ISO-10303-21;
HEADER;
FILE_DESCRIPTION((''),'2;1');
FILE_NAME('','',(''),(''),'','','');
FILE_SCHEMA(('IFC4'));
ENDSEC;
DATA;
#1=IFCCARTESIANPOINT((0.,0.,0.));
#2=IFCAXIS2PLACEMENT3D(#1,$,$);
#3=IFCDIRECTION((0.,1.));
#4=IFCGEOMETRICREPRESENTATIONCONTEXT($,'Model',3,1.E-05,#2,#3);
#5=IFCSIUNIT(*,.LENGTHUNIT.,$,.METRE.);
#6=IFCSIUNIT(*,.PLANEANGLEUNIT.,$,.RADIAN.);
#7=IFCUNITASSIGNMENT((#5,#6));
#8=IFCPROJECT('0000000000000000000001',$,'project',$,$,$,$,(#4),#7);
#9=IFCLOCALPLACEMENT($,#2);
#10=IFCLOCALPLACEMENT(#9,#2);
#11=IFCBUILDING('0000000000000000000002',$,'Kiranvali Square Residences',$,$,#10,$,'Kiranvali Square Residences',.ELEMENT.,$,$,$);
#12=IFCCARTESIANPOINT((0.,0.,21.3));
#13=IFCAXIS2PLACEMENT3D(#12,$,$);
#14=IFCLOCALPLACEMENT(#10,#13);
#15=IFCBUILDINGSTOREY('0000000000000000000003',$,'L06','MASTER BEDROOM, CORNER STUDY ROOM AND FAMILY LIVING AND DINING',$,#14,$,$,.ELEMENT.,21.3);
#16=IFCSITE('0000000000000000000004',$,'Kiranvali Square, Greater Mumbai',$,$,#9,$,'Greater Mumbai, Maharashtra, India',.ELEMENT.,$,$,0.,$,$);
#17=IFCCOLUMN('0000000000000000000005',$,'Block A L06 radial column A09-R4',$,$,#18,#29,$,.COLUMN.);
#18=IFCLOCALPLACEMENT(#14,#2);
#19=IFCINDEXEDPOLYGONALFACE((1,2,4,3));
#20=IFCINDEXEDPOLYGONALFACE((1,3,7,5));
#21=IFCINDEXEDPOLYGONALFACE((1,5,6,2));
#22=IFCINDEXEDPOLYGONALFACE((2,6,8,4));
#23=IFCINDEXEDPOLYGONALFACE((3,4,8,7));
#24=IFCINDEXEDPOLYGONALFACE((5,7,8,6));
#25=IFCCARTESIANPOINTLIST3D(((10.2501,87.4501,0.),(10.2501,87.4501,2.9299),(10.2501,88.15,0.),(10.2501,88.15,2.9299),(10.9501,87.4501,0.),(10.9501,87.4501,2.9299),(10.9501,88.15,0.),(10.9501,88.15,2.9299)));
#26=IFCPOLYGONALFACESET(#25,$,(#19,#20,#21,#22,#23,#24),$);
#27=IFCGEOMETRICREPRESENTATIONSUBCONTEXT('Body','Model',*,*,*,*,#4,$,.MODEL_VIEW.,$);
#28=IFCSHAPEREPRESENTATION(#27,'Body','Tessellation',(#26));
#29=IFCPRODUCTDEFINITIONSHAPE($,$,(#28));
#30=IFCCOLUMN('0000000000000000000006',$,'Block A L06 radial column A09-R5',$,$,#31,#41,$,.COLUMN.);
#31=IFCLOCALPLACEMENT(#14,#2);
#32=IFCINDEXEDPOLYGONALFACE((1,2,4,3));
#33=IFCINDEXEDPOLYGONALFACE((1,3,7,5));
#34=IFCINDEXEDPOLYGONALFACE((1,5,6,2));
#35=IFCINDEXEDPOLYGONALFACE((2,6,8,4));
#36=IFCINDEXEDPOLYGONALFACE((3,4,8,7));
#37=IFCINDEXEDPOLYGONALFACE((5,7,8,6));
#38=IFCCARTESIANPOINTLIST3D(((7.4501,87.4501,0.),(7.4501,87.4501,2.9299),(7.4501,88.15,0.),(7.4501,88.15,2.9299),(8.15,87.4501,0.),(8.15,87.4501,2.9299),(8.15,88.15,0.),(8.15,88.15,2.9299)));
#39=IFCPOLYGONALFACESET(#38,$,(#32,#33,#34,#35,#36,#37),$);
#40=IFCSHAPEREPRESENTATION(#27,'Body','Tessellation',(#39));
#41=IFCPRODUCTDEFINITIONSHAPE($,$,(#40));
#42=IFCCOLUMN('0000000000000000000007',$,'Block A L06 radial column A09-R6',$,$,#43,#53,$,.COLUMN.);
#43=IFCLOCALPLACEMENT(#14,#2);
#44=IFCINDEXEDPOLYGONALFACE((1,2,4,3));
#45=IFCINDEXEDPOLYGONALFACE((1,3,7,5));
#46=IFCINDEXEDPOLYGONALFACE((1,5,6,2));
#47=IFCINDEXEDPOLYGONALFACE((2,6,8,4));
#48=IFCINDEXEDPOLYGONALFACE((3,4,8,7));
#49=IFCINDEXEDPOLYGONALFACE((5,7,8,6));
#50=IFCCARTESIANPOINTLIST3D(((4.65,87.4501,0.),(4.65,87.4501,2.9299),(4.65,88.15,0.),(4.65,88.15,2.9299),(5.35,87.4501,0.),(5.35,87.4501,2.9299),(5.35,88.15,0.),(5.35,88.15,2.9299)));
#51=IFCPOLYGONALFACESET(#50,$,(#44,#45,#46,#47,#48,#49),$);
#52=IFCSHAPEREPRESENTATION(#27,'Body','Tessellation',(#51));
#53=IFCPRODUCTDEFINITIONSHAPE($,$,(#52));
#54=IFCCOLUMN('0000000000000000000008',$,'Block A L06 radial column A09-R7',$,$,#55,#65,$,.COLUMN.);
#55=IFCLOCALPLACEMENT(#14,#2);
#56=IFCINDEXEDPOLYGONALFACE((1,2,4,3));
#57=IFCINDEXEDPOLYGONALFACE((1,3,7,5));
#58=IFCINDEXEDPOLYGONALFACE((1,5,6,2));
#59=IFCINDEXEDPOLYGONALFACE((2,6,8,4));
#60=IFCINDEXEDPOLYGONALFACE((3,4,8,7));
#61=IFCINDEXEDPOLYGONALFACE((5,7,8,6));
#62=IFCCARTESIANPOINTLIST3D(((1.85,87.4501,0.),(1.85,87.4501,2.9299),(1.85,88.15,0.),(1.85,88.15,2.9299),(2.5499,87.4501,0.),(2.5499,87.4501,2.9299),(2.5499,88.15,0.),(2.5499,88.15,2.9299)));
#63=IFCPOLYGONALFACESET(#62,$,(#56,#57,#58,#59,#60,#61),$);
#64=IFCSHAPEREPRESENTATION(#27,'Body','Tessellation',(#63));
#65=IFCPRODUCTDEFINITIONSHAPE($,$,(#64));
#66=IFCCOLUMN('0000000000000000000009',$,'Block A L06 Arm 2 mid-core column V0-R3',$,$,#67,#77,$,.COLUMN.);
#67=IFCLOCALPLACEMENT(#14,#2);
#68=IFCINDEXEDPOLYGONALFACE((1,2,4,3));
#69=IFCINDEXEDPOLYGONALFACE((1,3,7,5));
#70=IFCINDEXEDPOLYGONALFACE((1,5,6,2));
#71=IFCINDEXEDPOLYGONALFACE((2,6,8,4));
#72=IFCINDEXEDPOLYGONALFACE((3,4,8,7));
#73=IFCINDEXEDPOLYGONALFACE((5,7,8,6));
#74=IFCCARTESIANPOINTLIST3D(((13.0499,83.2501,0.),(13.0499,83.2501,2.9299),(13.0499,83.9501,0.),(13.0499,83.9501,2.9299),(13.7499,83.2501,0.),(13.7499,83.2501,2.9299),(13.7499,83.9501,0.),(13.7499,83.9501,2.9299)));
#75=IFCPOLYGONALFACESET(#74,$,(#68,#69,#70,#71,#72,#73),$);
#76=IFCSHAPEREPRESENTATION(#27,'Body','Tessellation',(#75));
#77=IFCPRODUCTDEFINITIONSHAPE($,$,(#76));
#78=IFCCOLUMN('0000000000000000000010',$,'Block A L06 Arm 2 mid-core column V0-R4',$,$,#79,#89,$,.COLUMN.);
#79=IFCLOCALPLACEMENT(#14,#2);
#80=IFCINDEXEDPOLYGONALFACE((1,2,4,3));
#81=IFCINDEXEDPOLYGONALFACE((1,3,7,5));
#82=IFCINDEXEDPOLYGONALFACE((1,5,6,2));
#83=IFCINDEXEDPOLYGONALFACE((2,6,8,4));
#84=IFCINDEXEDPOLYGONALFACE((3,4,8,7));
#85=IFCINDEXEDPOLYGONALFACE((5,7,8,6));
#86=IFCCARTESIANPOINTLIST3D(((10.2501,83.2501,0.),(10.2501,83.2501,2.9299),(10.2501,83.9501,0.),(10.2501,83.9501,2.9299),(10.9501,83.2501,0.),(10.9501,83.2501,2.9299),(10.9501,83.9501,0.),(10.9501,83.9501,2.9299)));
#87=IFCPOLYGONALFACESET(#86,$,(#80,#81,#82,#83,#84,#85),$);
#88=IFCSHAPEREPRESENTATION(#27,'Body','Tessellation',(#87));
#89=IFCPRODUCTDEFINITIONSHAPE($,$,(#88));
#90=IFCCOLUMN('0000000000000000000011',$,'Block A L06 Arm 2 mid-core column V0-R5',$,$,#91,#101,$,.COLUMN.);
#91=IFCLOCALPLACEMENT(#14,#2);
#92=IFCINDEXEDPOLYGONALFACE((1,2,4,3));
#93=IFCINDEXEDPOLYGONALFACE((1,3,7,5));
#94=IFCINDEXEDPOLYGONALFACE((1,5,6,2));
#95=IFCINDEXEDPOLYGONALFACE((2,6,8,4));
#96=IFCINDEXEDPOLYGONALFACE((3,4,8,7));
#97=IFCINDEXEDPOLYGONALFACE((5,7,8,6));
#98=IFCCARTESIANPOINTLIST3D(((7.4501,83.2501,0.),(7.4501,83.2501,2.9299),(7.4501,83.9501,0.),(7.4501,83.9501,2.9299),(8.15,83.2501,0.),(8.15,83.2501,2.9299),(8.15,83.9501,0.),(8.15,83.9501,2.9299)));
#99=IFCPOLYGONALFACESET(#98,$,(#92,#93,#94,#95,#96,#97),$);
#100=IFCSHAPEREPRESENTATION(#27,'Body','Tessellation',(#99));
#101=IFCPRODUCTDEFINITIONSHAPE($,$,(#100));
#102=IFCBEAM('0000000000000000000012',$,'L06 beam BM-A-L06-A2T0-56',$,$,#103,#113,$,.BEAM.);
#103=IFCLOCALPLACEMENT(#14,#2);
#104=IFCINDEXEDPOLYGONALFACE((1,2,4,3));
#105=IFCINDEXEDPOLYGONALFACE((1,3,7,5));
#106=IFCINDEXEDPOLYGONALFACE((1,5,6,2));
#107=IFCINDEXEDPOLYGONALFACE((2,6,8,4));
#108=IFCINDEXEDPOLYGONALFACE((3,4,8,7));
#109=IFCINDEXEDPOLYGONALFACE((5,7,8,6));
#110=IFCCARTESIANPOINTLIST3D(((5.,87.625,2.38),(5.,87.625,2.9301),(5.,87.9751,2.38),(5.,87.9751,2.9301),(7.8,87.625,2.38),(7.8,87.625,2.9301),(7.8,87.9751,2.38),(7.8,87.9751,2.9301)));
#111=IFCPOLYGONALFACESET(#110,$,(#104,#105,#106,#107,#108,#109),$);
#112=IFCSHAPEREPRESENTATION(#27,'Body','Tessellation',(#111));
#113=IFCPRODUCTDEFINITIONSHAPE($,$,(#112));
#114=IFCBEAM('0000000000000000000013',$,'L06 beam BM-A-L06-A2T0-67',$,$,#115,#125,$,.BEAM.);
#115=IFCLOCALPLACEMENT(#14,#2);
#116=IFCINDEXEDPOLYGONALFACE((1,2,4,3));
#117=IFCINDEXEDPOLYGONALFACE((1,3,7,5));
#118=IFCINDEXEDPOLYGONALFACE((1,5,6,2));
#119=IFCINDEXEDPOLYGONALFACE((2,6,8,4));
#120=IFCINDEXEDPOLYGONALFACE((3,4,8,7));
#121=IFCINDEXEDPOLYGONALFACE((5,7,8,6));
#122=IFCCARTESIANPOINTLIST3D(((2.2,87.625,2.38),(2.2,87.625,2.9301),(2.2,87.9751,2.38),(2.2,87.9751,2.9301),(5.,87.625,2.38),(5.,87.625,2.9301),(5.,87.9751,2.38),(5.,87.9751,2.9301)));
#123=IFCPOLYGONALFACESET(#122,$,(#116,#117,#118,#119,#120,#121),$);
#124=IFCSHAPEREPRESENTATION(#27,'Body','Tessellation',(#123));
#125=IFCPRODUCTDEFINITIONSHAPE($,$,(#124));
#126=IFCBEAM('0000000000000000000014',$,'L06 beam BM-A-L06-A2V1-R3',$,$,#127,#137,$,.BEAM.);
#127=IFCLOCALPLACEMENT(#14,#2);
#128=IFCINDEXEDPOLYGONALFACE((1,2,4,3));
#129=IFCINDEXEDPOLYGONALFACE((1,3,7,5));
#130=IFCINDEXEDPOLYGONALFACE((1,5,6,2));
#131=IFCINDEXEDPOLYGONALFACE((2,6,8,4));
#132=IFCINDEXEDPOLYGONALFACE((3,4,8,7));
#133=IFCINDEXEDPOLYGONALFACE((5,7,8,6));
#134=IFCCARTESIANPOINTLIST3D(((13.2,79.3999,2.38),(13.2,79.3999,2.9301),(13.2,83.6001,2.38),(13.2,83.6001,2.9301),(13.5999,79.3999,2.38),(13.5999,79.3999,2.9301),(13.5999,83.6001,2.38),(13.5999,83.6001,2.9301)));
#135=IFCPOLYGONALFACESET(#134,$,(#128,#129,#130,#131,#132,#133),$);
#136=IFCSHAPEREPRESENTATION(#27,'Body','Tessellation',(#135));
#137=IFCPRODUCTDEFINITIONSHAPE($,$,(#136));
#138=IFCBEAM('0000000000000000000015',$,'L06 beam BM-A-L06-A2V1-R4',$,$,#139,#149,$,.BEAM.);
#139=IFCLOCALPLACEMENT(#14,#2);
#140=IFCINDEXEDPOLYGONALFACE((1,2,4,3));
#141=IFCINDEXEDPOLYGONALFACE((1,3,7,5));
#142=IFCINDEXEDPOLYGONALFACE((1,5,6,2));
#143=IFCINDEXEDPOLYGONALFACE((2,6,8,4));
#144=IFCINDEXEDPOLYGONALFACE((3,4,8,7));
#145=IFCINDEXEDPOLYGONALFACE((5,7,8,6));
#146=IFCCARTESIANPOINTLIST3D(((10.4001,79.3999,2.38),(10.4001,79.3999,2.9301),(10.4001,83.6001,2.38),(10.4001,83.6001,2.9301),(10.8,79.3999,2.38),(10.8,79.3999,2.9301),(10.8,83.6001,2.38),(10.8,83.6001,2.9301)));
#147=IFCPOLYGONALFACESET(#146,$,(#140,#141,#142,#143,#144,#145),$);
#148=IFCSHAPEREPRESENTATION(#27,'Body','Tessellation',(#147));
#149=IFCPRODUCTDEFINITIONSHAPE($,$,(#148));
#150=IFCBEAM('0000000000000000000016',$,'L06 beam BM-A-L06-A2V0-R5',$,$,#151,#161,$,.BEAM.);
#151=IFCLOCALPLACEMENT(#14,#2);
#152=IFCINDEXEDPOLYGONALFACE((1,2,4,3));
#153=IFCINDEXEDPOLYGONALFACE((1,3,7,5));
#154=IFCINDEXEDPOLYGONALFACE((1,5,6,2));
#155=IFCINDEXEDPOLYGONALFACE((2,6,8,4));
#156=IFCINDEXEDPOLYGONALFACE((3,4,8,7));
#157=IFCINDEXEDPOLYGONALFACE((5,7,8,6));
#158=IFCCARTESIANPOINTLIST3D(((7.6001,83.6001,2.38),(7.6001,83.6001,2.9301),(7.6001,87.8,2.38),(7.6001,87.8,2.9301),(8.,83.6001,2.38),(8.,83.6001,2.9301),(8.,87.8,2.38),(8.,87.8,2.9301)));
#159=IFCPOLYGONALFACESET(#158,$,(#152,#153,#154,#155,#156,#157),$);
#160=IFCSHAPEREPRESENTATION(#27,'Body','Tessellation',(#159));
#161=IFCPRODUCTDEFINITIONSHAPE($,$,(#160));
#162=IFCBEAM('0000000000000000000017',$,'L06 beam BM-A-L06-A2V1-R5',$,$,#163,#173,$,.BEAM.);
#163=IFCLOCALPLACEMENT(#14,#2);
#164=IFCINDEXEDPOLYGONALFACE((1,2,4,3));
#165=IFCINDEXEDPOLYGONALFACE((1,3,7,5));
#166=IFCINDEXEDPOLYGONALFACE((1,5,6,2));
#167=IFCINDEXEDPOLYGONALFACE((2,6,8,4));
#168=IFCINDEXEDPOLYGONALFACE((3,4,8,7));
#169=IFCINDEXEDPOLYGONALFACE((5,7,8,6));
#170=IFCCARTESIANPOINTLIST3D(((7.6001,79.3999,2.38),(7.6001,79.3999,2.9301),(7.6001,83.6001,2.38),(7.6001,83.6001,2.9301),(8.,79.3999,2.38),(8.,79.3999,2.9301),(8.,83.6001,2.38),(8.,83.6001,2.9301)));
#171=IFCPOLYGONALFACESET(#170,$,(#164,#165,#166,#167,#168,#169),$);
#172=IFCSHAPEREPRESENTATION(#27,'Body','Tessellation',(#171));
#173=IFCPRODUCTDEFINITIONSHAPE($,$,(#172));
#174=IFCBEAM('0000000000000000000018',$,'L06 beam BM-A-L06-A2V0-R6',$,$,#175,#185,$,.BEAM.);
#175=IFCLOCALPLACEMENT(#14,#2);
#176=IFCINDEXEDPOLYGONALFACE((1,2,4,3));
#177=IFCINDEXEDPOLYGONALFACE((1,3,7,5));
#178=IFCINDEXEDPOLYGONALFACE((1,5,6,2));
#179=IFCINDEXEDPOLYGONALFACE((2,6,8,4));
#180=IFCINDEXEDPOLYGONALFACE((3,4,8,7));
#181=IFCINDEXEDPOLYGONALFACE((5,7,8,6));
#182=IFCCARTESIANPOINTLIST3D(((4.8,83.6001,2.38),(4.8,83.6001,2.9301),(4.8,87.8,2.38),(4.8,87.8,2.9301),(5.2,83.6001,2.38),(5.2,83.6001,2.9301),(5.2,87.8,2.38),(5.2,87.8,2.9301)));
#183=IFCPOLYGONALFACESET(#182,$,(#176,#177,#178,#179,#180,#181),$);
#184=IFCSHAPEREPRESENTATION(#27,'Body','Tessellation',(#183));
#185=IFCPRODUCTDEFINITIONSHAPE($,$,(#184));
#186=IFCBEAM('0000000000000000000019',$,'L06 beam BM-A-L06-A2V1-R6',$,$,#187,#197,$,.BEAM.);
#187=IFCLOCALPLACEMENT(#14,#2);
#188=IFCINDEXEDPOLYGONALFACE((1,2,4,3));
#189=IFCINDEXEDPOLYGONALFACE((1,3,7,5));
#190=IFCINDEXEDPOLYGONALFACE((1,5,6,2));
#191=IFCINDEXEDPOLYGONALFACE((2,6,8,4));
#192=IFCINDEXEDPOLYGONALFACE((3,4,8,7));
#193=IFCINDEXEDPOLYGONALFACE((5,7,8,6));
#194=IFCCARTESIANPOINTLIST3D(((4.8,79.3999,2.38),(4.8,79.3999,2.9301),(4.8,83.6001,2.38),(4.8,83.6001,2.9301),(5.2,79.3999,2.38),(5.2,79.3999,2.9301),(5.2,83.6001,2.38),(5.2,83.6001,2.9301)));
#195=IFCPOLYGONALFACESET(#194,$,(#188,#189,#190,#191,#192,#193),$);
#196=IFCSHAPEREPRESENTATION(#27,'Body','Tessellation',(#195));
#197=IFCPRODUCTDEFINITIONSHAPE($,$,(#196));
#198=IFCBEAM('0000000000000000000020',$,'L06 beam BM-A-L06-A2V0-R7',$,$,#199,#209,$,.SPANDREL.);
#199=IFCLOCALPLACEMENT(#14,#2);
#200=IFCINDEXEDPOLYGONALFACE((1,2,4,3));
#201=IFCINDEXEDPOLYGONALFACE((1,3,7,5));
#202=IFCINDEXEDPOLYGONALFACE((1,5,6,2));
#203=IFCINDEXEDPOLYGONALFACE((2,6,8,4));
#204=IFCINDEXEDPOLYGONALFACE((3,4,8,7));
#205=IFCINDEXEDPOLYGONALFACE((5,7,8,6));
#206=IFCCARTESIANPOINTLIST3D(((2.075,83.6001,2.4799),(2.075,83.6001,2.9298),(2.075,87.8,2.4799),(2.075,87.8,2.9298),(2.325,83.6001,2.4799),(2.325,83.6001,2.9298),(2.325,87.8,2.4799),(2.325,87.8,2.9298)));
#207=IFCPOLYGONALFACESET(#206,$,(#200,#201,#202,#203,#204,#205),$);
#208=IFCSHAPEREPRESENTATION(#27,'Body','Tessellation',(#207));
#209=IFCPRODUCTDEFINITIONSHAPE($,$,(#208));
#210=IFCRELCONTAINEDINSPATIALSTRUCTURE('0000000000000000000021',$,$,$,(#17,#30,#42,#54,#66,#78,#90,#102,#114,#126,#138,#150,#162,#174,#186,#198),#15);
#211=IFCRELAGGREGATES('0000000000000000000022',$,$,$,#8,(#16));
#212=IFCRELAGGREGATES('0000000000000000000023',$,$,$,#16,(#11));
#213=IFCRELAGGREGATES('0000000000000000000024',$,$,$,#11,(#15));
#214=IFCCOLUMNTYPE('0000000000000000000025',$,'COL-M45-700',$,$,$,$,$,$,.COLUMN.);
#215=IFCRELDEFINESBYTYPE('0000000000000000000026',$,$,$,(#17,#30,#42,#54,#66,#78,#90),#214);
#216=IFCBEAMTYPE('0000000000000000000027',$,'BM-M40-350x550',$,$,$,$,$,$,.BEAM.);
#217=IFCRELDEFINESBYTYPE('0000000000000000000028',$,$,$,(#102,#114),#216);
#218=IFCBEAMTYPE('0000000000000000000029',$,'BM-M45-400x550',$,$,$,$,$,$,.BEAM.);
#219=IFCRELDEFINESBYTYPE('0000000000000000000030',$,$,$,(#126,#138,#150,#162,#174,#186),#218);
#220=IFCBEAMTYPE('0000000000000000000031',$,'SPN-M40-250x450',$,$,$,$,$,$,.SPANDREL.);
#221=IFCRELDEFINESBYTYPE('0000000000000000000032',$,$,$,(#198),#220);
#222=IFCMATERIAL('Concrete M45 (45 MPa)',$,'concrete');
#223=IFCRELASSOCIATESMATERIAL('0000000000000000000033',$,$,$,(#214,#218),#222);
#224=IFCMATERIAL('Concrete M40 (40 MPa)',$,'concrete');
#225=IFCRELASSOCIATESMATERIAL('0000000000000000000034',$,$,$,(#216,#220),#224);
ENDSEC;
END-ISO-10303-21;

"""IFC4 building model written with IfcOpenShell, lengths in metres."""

from ifc_helpers import new_model, si_unit, direction, frame, origin, origin_2d, place, context, subcontext, project, spatial, rectangle, extrude, material, material_profile, profile_set, type_object, element, save


model = new_model("IFC4")

# Units and contexts
model_context = context("Model", 3, precision=1e-05, world=origin(), true_north=direction((0.0, 1.0)))
body_context = subcontext(model_context, "Body", "Model", "MODEL_VIEW")
ifc_project = project(units=[si_unit("LENGTHUNIT", "METRE"), si_unit("PLANEANGLEUNIT", "RADIAN")], contexts=[model_context])

# Site, building, storey
site_placement = place(None, origin())
site = spatial("IfcSite", under=ifc_project, at=site_placement, Name="Kiranvali Square, Greater Mumbai", LongName="Greater Mumbai, Maharashtra, India", CompositionType="ELEMENT", RefElevation=0.0)
building_placement = place(site_placement, origin())
building = spatial("IfcBuilding", under=site, at=building_placement, Name="Kiranvali Square Residences", LongName="Kiranvali Square Residences", CompositionType="ELEMENT")
storey_placement = place(building_placement, frame((0.0, 0.0, 21.3)))
storey = spatial("IfcBuildingStorey", under=building, at=storey_placement, Name="L06", Description="MASTER BEDROOM, CORNER STUDY ROOM AND FAMILY LIVING AND DINING", CompositionType="ELEMENT", Elevation=21.3)

# Columns
ifc_material_1 = material(Name="Concrete M45 (45 MPa)", Category="concrete")
ifc_material_profile_1 = material_profile(ifc_material_1, rectangle(XDim=0.7, YDim=0.7, at=origin_2d()), Name="RC 700x700")
ifc_profile_set_1 = profile_set([ifc_material_profile_1], Name="Concrete M45 (45 MPa)")
column_type = type_object("IfcColumnType", Name="COL-M45-700", PredefinedType="COLUMN", material=ifc_profile_set_1)
for number, where, z_axis, x_axis, name in (
    (1, (10.6001, 87.8, 0.0), (0.0, 0.0, 1.0), (0.0, 1.0, 0.0), "Block A L06 radial column A09-R4"),
    (2, (7.8, 87.8, 0.0), (0.0, 0.0, 1.0), (0.0, 1.0, 0.0), "Block A L06 radial column A09-R5"),
    (3, (5.0, 87.8, 0.0), (0.0, 0.0, 1.0), (0.0, 1.0, 0.0), "Block A L06 radial column A09-R6"),
    (4, (2.2, 87.8, 0.0), (0.0, 0.0, 1.0), (0.0, 1.0, 0.0), "Block A L06 radial column A09-R7"),
    (5, (13.3999, 83.6001, 0.0), (0.0, 0.0, 1.0), (1.0, 0.0, 0.0), "Block A L06 Arm 2 mid-core column V0-R3"),
    (6, (10.6001, 83.6001, 0.0), (0.0, 0.0, 1.0), (1.0, 0.0, 0.0), "Block A L06 Arm 2 mid-core column V0-R4"),
    (7, (7.8, 83.6001, 0.0), (0.0, 0.0, 1.0), (1.0, 0.0, 0.0), "Block A L06 Arm 2 mid-core column V0-R5"),
):
    element("IfcColumn", number, at=place(storey_placement, frame(where, z_axis=z_axis, x_axis=x_axis)), inside=storey, type_object=column_type, Name=name, PredefinedType="COLUMN", context=body_context, shape_type="SweptSolid", body=[
        extrude(rectangle(XDim=0.7, YDim=0.7, at=origin_2d()), origin(), (0.0, 0.0, 1.0), 2.9299),
    ])

# Beams
ifc_material_2 = material(Name="Concrete M40 (40 MPa)", Category="concrete")
ifc_material_profile_2 = material_profile(ifc_material_2, rectangle(XDim=0.3501, YDim=0.55, at=origin_2d()), Name="RC 350x550")
ifc_profile_set_2 = profile_set([ifc_material_profile_2], Name="Concrete M40 (40 MPa)")
beam_type_1 = type_object("IfcBeamType", Name="BM-M40-350x550", PredefinedType="BEAM", material=ifc_profile_set_2)
for number, where, z_axis, x_axis, name in (
    (8, (7.8, 87.8, 2.655), (-1.0, 0.0, 0.0), (0.0, -1.0, 0.0), "L06 beam BM-A-L06-A2T0-56"),
    (9, (5.0, 87.8, 2.655), (-1.0, 0.0, 0.0), (0.0, -1.0, 0.0), "L06 beam BM-A-L06-A2T0-67"),
):
    element("IfcBeam", number, at=place(storey_placement, frame(where, z_axis=z_axis, x_axis=x_axis)), inside=storey, type_object=beam_type_1, Name=name, PredefinedType="BEAM", context=body_context, shape_type="SweptSolid", body=[
        extrude(rectangle(XDim=0.3501, YDim=0.55, at=origin_2d()), origin(), (0.0, 0.0, 1.0), 2.8),
    ])
ifc_material_profile_3 = material_profile(ifc_material_1, rectangle(XDim=0.3999, YDim=0.55, at=origin_2d()), Name="RC 400x550")
ifc_profile_set_3 = profile_set([ifc_material_profile_3], Name="Concrete M45 (45 MPa)")
beam_type_2 = type_object("IfcBeamType", Name="BM-M45-400x550", PredefinedType="BEAM", material=ifc_profile_set_3)
for number, where, z_axis, x_axis, name in (
    (10, (13.3999, 83.6001, 2.655), (0.0, -1.0, 0.0), (1.0, 0.0, 0.0), "L06 beam BM-A-L06-A2V1-R3"),
    (11, (10.6001, 83.6001, 2.655), (0.0, -1.0, 0.0), (1.0, 0.0, 0.0), "L06 beam BM-A-L06-A2V1-R4"),
):
    element("IfcBeam", number, at=place(storey_placement, frame(where, z_axis=z_axis, x_axis=x_axis)), inside=storey, type_object=beam_type_2, Name=name, PredefinedType="BEAM", context=body_context, shape_type="SweptSolid", body=[
        extrude(rectangle(XDim=0.3999, YDim=0.55, at=origin_2d()), origin(), (0.0, 0.0, 1.0), 4.2002),
    ])
beam_1_placement = place(storey_placement, frame((7.8, 87.8, 2.655), z_axis=(0.0, -1.0, 0.0), x_axis=(1.0, 0.0, 0.0)))
element("IfcBeam", 12, at=beam_1_placement, inside=storey, type_object=beam_type_2, Name="L06 beam BM-A-L06-A2V0-R5", PredefinedType="BEAM", context=body_context, shape_type="SweptSolid", body=[
    extrude(rectangle(XDim=0.3999, YDim=0.55, at=origin_2d()), origin(), (0.0, 0.0, 1.0), 4.2),
])
beam_2_placement = place(storey_placement, frame((7.8, 83.6001, 2.655), z_axis=(0.0, -1.0, 0.0), x_axis=(1.0, 0.0, 0.0)))
element("IfcBeam", 13, at=beam_2_placement, inside=storey, type_object=beam_type_2, Name="L06 beam BM-A-L06-A2V1-R5", PredefinedType="BEAM", context=body_context, shape_type="SweptSolid", body=[
    extrude(rectangle(XDim=0.3999, YDim=0.55, at=origin_2d()), origin(), (0.0, 0.0, 1.0), 4.2002),
])
beam_3_placement = place(storey_placement, frame((5.0, 87.8, 2.655), z_axis=(0.0, -1.0, 0.0), x_axis=(1.0, 0.0, 0.0)))
element("IfcBeam", 14, at=beam_3_placement, inside=storey, type_object=beam_type_2, Name="L06 beam BM-A-L06-A2V0-R6", PredefinedType="BEAM", context=body_context, shape_type="SweptSolid", body=[
    extrude(rectangle(XDim=0.3999, YDim=0.55, at=origin_2d()), origin(), (0.0, 0.0, 1.0), 4.2),
])
beam_4_placement = place(storey_placement, frame((5.0, 83.6001, 2.655), z_axis=(0.0, -1.0, 0.0), x_axis=(1.0, 0.0, 0.0)))
element("IfcBeam", 15, at=beam_4_placement, inside=storey, type_object=beam_type_2, Name="L06 beam BM-A-L06-A2V1-R6", PredefinedType="BEAM", context=body_context, shape_type="SweptSolid", body=[
    extrude(rectangle(XDim=0.3999, YDim=0.55, at=origin_2d()), origin(), (0.0, 0.0, 1.0), 4.2002),
])
ifc_material_profile_4 = material_profile(ifc_material_2, rectangle(XDim=0.25, YDim=0.45, at=origin_2d()), Name="RC 250x450")
ifc_profile_set_4 = profile_set([ifc_material_profile_4], Name="Concrete M40 (40 MPa)")
beam_type_3 = type_object("IfcBeamType", Name="SPN-M40-250x450", PredefinedType="SPANDREL", material=ifc_profile_set_4)
beam_5_placement = place(storey_placement, frame((2.2, 87.8, 2.7048), z_axis=(0.0, -1.0, 0.0), x_axis=(1.0, 0.0, 0.0)))
element("IfcBeam", 16, at=beam_5_placement, inside=storey, type_object=beam_type_3, Name="L06 beam BM-A-L06-A2V0-R7", PredefinedType="SPANDREL", context=body_context, shape_type="SweptSolid", body=[
    extrude(rectangle(XDim=0.25, YDim=0.45, at=origin_2d()), origin(), (0.0, 0.0, 1.0), 4.2),
])

save(model, "model.ifc")
